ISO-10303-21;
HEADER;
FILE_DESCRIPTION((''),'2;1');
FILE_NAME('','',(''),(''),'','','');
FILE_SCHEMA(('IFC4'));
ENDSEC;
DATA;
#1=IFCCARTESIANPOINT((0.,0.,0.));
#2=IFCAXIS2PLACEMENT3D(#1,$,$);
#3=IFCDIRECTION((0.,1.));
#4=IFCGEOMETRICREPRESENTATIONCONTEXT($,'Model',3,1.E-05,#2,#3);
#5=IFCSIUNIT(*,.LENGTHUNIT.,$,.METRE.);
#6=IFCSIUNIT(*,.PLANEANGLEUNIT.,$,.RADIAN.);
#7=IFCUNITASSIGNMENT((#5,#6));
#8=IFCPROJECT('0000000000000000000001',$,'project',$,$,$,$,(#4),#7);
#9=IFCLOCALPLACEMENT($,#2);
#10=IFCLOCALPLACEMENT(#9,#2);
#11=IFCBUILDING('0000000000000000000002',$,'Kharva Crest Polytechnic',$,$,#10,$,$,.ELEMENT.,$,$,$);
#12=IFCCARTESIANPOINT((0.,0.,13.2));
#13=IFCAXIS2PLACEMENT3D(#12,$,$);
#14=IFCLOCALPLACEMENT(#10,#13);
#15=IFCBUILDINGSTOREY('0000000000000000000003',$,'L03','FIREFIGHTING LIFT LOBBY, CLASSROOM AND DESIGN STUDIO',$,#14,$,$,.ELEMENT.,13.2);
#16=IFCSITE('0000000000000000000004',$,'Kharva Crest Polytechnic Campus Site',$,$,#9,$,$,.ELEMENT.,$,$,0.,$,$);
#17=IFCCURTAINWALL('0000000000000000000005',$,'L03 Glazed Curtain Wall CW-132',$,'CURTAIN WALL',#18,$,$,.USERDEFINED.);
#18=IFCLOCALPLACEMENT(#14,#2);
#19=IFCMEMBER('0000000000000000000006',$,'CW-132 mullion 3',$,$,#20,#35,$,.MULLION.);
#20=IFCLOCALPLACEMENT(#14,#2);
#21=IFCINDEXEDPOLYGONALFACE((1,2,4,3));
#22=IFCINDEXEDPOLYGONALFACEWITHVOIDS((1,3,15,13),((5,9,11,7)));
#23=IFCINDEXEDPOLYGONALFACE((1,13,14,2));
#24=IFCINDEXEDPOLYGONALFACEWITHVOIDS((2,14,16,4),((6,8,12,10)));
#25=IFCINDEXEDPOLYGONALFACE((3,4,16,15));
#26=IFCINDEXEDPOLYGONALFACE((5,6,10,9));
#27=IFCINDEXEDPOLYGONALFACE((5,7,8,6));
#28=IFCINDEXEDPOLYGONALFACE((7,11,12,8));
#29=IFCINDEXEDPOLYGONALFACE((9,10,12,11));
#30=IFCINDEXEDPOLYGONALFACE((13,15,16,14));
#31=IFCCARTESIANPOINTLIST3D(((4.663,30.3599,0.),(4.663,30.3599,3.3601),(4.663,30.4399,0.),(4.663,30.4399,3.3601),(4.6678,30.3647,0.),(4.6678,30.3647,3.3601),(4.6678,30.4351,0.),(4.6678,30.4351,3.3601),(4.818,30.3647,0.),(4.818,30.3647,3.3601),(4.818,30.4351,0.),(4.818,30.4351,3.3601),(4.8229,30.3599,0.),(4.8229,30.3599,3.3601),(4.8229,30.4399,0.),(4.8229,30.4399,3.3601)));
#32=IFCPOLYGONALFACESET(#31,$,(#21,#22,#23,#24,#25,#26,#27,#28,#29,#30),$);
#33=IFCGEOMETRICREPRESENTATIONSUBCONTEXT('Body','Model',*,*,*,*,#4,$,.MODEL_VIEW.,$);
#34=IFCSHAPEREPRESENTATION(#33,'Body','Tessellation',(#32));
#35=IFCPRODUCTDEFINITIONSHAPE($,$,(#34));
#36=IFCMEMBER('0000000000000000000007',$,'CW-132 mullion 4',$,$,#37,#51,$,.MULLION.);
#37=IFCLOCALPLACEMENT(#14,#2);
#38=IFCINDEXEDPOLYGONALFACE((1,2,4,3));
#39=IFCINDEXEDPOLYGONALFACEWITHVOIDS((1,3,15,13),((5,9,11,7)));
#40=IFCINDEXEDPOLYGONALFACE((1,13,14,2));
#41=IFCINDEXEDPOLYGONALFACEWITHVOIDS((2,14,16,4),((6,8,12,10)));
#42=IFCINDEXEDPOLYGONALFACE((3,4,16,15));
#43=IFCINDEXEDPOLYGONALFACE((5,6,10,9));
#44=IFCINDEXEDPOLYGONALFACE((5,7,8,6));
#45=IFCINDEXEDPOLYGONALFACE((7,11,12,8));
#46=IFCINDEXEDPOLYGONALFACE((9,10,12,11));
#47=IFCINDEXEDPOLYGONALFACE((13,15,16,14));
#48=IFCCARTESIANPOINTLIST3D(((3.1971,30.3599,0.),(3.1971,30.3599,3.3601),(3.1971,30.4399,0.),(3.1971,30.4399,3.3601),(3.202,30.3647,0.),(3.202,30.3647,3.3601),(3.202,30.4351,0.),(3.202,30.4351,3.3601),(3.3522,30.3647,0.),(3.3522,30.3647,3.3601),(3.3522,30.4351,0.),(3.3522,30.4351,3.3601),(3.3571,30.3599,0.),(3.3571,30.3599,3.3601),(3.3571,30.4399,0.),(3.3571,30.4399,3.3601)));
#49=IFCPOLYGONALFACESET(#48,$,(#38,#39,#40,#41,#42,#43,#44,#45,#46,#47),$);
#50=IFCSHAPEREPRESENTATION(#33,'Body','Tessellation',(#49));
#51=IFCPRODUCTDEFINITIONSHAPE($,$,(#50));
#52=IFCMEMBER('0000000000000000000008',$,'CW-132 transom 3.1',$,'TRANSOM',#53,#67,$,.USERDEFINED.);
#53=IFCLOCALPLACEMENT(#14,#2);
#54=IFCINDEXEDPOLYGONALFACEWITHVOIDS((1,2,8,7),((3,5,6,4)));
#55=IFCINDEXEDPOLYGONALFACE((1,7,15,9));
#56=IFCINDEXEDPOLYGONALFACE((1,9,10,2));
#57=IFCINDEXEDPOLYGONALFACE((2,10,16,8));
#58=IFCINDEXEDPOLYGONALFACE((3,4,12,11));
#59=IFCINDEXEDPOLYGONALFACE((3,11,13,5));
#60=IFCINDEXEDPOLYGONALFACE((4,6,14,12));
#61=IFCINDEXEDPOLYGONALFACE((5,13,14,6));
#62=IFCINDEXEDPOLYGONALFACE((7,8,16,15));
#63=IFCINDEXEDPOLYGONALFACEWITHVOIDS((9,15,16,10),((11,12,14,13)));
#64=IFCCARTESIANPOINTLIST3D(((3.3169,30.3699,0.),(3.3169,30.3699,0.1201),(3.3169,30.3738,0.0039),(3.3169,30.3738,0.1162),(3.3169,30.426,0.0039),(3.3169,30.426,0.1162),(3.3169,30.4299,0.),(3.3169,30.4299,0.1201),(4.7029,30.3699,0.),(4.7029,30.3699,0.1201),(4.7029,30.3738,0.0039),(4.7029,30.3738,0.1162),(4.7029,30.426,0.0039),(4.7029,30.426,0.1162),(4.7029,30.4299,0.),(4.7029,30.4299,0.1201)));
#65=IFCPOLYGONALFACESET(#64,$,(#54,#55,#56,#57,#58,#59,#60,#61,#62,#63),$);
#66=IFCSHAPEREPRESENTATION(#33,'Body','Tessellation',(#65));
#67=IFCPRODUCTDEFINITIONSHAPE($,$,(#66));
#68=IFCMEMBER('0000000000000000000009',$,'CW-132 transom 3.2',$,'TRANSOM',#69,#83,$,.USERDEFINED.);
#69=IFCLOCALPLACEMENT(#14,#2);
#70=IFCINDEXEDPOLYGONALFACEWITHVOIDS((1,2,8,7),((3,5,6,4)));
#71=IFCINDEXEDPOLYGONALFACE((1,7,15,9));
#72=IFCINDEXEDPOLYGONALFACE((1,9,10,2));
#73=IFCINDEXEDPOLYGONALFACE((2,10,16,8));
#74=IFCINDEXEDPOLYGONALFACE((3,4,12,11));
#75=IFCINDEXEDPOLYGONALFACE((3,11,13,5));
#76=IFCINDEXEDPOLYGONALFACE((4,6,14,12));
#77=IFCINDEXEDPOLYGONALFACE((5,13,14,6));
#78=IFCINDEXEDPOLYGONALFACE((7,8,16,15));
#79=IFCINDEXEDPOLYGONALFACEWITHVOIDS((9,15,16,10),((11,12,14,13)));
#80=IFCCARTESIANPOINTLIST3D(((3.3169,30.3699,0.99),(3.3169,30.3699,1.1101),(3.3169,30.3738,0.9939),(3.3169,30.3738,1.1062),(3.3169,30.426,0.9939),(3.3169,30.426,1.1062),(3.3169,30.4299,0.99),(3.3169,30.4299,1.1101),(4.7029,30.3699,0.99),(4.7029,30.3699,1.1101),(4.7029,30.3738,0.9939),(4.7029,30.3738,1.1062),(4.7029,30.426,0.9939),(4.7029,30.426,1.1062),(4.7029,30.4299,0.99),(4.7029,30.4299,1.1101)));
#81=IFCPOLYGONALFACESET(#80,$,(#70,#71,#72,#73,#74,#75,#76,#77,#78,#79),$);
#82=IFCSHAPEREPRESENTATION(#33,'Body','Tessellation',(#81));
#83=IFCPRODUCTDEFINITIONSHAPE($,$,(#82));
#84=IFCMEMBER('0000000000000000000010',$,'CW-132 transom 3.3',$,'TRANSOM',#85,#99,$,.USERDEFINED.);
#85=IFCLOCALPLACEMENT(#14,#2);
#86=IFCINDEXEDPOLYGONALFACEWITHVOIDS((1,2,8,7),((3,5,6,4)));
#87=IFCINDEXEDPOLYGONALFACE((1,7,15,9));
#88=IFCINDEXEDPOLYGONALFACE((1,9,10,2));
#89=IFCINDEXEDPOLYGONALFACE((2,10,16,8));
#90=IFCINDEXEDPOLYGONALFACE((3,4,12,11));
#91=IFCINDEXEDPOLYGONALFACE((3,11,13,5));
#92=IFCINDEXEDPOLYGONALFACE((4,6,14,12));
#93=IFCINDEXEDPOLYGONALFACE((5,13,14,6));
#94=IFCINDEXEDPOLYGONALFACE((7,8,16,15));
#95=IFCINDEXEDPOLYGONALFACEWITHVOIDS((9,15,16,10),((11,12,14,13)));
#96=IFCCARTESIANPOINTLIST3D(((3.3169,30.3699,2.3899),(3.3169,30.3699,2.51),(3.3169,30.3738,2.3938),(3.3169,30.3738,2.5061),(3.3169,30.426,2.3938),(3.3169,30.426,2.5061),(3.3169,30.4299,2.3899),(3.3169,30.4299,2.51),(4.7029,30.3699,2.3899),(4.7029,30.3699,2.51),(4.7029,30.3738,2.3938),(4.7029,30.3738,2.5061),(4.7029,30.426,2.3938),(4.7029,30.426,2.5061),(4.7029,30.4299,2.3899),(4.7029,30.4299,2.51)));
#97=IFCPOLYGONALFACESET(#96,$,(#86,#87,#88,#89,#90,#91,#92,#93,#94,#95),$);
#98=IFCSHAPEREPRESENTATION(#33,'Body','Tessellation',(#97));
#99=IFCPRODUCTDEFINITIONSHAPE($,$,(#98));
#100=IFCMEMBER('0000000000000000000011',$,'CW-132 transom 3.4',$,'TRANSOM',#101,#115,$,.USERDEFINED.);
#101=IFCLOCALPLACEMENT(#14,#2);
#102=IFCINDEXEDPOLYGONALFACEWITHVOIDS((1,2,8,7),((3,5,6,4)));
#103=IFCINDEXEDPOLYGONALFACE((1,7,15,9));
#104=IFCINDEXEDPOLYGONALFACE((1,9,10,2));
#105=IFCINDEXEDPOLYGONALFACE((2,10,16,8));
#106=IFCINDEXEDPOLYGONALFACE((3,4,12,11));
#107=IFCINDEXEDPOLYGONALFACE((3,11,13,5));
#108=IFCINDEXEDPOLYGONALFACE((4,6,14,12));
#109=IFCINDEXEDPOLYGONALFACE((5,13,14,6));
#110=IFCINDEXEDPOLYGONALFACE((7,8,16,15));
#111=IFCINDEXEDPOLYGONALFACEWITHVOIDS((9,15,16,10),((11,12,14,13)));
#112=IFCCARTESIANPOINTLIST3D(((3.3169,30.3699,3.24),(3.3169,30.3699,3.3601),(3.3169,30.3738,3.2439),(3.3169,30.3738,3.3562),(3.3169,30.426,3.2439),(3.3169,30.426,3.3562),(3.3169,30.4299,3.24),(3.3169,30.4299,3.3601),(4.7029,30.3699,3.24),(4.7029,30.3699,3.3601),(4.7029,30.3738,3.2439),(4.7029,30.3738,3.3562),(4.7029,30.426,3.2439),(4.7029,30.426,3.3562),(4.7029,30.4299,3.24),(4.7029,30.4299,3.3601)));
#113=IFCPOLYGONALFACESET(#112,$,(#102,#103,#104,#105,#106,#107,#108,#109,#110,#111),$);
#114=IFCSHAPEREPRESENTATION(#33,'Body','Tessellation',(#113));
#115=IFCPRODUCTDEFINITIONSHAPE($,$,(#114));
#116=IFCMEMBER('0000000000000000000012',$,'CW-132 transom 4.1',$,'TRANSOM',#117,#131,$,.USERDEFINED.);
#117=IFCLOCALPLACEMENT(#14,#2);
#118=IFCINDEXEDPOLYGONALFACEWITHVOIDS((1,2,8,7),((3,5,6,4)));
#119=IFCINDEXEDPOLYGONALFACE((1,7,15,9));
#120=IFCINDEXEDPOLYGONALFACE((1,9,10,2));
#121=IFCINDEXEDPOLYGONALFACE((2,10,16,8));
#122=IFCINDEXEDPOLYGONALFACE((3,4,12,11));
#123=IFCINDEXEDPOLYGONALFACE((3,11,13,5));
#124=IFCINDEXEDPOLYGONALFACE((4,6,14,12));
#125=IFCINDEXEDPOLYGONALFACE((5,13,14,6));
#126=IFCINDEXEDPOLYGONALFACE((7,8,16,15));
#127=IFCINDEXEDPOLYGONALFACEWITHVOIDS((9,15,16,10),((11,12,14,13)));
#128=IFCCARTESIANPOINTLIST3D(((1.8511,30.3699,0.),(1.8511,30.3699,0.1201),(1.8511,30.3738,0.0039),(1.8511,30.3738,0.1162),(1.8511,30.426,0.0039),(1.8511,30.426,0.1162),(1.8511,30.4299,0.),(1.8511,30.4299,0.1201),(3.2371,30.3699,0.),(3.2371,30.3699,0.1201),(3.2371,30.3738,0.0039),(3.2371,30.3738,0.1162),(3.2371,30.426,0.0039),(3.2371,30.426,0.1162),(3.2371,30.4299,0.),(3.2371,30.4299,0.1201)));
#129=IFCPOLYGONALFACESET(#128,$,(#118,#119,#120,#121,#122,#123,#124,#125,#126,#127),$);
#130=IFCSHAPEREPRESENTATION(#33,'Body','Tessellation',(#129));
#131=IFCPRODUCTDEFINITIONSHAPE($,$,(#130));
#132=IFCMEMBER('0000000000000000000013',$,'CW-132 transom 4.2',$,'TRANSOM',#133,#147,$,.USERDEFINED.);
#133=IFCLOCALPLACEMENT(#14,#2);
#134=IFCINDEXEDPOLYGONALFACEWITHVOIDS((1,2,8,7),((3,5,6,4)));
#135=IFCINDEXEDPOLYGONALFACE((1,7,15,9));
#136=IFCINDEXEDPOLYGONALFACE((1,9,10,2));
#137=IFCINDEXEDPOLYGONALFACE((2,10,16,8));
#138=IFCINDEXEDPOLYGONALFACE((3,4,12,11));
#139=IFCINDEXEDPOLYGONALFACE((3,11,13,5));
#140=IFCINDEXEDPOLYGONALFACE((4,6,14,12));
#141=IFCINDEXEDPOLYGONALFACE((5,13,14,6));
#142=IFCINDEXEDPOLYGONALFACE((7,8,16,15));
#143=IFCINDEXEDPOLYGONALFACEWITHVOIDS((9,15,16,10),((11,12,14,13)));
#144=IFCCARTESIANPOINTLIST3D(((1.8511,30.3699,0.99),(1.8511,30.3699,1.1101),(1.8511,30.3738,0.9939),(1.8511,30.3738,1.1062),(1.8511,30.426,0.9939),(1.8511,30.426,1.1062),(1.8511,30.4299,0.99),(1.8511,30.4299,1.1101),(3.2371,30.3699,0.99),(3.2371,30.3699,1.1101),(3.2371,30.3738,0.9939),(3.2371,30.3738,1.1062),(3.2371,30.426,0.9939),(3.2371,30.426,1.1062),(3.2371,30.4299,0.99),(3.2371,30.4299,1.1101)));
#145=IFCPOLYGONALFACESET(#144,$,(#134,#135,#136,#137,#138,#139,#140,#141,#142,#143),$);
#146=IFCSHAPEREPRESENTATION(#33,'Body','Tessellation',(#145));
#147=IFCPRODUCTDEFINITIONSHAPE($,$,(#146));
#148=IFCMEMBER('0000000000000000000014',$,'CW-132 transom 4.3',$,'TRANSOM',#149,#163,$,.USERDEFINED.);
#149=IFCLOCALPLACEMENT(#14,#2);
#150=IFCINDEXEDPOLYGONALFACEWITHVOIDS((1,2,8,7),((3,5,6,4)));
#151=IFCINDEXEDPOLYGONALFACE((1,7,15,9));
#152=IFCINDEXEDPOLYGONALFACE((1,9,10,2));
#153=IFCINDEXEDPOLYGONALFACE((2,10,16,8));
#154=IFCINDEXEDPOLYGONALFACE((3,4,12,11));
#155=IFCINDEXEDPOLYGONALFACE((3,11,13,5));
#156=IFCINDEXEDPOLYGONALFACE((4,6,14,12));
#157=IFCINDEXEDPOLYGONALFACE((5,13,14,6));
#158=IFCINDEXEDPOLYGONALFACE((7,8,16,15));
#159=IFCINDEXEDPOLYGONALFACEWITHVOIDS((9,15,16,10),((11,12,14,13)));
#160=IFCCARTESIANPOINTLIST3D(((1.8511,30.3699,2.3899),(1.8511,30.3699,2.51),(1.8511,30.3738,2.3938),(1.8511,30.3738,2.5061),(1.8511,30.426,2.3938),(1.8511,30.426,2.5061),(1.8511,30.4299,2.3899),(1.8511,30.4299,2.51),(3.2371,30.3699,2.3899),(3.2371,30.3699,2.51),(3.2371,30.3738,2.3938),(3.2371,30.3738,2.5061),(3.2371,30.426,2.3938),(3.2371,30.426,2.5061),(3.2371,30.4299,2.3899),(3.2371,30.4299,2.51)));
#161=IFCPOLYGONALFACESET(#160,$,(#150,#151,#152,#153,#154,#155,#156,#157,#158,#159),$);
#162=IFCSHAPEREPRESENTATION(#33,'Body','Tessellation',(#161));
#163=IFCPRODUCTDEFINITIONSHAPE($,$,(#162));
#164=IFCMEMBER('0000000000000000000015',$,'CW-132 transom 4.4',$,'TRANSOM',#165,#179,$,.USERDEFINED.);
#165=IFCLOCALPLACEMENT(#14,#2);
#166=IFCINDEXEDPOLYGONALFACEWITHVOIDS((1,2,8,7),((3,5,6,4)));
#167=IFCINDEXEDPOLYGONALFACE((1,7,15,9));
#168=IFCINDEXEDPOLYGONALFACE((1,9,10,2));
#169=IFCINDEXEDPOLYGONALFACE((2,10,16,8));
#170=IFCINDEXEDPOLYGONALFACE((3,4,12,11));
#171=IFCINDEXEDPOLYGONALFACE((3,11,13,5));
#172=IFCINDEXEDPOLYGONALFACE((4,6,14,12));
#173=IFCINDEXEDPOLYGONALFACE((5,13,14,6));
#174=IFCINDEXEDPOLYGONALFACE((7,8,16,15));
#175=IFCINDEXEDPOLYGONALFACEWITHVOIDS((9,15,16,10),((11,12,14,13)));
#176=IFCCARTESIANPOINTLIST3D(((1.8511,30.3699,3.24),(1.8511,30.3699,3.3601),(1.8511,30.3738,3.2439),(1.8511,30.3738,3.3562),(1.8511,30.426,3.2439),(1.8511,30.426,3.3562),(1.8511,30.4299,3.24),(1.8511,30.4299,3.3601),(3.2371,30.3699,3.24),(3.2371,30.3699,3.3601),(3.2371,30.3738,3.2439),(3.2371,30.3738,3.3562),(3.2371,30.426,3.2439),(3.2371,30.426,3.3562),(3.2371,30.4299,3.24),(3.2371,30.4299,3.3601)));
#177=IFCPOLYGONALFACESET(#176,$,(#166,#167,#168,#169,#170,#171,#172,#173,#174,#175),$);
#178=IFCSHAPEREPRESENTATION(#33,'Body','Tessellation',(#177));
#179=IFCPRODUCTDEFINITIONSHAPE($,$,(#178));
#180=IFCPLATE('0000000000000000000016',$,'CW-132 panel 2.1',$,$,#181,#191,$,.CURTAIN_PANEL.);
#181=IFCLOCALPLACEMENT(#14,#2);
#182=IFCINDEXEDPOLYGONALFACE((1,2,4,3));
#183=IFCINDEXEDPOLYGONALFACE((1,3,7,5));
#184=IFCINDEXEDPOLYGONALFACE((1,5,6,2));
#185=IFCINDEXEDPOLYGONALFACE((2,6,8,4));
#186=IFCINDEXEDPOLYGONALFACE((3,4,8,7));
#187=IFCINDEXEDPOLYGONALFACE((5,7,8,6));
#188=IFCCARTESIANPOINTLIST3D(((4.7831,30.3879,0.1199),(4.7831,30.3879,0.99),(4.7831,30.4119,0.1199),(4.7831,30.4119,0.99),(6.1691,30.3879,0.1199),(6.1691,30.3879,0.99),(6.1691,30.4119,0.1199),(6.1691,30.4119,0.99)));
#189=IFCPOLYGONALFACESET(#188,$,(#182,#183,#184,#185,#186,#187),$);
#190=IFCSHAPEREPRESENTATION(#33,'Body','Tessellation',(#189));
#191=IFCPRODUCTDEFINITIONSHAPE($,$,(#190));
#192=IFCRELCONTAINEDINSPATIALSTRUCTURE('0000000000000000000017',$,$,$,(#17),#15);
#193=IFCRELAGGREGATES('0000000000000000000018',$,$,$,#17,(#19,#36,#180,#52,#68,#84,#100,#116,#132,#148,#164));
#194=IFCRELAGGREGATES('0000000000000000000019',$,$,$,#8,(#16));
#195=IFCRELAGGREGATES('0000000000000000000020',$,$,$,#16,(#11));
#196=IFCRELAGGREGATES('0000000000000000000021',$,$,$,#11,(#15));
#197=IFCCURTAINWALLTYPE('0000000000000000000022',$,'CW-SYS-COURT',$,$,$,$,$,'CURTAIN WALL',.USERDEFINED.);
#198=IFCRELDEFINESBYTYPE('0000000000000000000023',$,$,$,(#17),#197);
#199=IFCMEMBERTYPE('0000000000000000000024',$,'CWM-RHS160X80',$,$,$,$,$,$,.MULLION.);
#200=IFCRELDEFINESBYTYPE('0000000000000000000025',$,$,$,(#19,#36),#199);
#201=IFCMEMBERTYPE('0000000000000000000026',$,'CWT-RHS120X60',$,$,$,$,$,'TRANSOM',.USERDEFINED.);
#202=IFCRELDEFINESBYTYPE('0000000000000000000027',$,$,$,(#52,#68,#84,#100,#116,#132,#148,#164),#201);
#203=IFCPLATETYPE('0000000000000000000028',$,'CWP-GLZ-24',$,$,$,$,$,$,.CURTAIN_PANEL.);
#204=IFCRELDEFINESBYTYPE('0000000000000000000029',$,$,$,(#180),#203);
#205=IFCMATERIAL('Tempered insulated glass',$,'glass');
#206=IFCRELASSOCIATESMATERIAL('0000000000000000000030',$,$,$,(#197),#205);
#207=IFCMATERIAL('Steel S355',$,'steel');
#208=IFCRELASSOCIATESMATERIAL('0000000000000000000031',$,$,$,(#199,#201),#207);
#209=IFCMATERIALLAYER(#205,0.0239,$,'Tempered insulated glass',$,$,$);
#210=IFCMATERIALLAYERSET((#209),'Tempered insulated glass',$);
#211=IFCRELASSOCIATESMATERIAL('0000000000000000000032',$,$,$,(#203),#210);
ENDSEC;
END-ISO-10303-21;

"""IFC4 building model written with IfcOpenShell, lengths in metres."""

from ifc_helpers import new_model, si_unit, direction, frame, origin, origin_2d, place, context, subcontext, project, spatial, rectangle, hollow_rectangle, extrude, material, layer, layer_set, material_profile, profile_set, type_object, element, aggregate, save


model = new_model("IFC4")

# Units and contexts
model_context = context("Model", 3, precision=1e-05, world=origin(), true_north=direction((0.0, 1.0)))
body_context = subcontext(model_context, "Body", "Model", "MODEL_VIEW")
ifc_project = project(units=[si_unit("LENGTHUNIT", "METRE"), si_unit("PLANEANGLEUNIT", "RADIAN")], contexts=[model_context])

# Site, building, storey
site_placement = place(None, origin())
site = spatial("IfcSite", under=ifc_project, at=site_placement, Name="Kharva Crest Polytechnic Campus Site", CompositionType="ELEMENT", RefElevation=0.0)
building_placement = place(site_placement, origin())
building = spatial("IfcBuilding", under=site, at=building_placement, Name="Kharva Crest Polytechnic", CompositionType="ELEMENT")
storey_placement = place(building_placement, frame((0.0, 0.0, 13.2)))
storey = spatial("IfcBuildingStorey", under=building, at=storey_placement, Name="L03", Description="FIREFIGHTING LIFT LOBBY, CLASSROOM AND DESIGN STUDIO", CompositionType="ELEMENT", Elevation=13.2)

# Curtain wall, members, plate
ifc_material_1 = material(Name="Tempered insulated glass", Category="glass")
curtain_wall_type = type_object("IfcCurtainWallType", Name="CW-SYS-COURT", ElementType="CURTAIN WALL", PredefinedType="USERDEFINED", material=ifc_material_1)
curtain_wall_placement = place(storey_placement, origin())
curtain_wall = element("IfcCurtainWall", 1, at=curtain_wall_placement, inside=storey, type_object=curtain_wall_type, Name="L03 Glazed Curtain Wall CW-132", ObjectType="CURTAIN WALL", PredefinedType="USERDEFINED")
ifc_material_2 = material(Name="Steel S355", Category="steel")
ifc_material_profile_1 = material_profile(ifc_material_2, hollow_rectangle(XDim=0.0801, YDim=0.1599, WallThickness=0.0049, at=origin_2d()), Name="RHS 160X80X5.0")
ifc_profile_set_1 = profile_set([ifc_material_profile_1], Name="Steel S355")
member_type_1 = type_object("IfcMemberType", Name="CWM-RHS160X80", PredefinedType="MULLION", material=ifc_profile_set_1)
member_1_placement = place(storey_placement, frame((4.7429, 30.3999, 0.0), z_axis=(0.0, 0.0, 1.0), x_axis=(0.0, -1.0, 0.0)))
member_1 = element("IfcMember", 2, at=member_1_placement, type_object=member_type_1, Name="CW-132 mullion 3", PredefinedType="MULLION", context=body_context, shape_type="SweptSolid", body=[
    extrude(hollow_rectangle(XDim=0.0801, YDim=0.1599, WallThickness=0.0049, at=origin_2d()), origin(), (0.0, 0.0, 1.0), 3.3601),
])
member_2_placement = place(storey_placement, frame((3.2771, 30.3999, 0.0), z_axis=(0.0, 0.0, 1.0), x_axis=(0.0, -1.0, 0.0)))
member_2 = element("IfcMember", 3, at=member_2_placement, type_object=member_type_1, Name="CW-132 mullion 4", PredefinedType="MULLION", context=body_context, shape_type="SweptSolid", body=[
    extrude(hollow_rectangle(XDim=0.0801, YDim=0.1599, WallThickness=0.0049, at=origin_2d()), origin(), (0.0, 0.0, 1.0), 3.3601),
])
ifc_material_profile_2 = material_profile(ifc_material_2, hollow_rectangle(XDim=0.0601, YDim=0.1201, WallThickness=0.0039, at=origin_2d()), Name="RHS 120X60X4.0")
ifc_profile_set_2 = profile_set([ifc_material_profile_2], Name="Steel S355")
member_type_2 = type_object("IfcMemberType", Name="CWT-RHS120X60", ElementType="TRANSOM", PredefinedType="USERDEFINED", material=ifc_profile_set_2)
member_3_placement = place(storey_placement, frame((4.7029, 30.3999, 0.0601), z_axis=(-1.0, 0.0, 0.0), x_axis=(0.0, -1.0, 0.0)))
member_3 = element("IfcMember", 4, at=member_3_placement, type_object=member_type_2, Name="CW-132 transom 3.1", ObjectType="TRANSOM", PredefinedType="USERDEFINED", context=body_context, shape_type="SweptSolid", body=[
    extrude(hollow_rectangle(XDim=0.0601, YDim=0.1201, WallThickness=0.0039, at=origin_2d()), origin(), (0.0, 0.0, 1.0), 1.386),
])
member_4_placement = place(storey_placement, frame((4.7029, 30.3999, 1.05), z_axis=(-1.0, 0.0, 0.0), x_axis=(0.0, -1.0, 0.0)))
member_4 = element("IfcMember", 5, at=member_4_placement, type_object=member_type_2, Name="CW-132 transom 3.2", ObjectType="TRANSOM", PredefinedType="USERDEFINED", context=body_context, shape_type="SweptSolid", body=[
    extrude(hollow_rectangle(XDim=0.0601, YDim=0.1201, WallThickness=0.0039, at=origin_2d()), origin(), (0.0, 0.0, 1.0), 1.386),
])
member_5_placement = place(storey_placement, frame((4.7029, 30.3999, 2.45), z_axis=(-1.0, 0.0, 0.0), x_axis=(0.0, -1.0, 0.0)))
member_5 = element("IfcMember", 6, at=member_5_placement, type_object=member_type_2, Name="CW-132 transom 3.3", ObjectType="TRANSOM", PredefinedType="USERDEFINED", context=body_context, shape_type="SweptSolid", body=[
    extrude(hollow_rectangle(XDim=0.0601, YDim=0.1201, WallThickness=0.0039, at=origin_2d()), origin(), (0.0, 0.0, 1.0), 1.386),
])
member_6_placement = place(storey_placement, frame((4.7029, 30.3999, 3.3), z_axis=(-1.0, 0.0, 0.0), x_axis=(0.0, -1.0, 0.0)))
member_6 = element("IfcMember", 7, at=member_6_placement, type_object=member_type_2, Name="CW-132 transom 3.4", ObjectType="TRANSOM", PredefinedType="USERDEFINED", context=body_context, shape_type="SweptSolid", body=[
    extrude(hollow_rectangle(XDim=0.0601, YDim=0.1201, WallThickness=0.0039, at=origin_2d()), origin(), (0.0, 0.0, 1.0), 1.386),
])
member_7_placement = place(storey_placement, frame((3.2371, 30.3999, 0.0601), z_axis=(-1.0, 0.0, 0.0), x_axis=(0.0, -1.0, 0.0)))
member_7 = element("IfcMember", 8, at=member_7_placement, type_object=member_type_2, Name="CW-132 transom 4.1", ObjectType="TRANSOM", PredefinedType="USERDEFINED", context=body_context, shape_type="SweptSolid", body=[
    extrude(hollow_rectangle(XDim=0.0601, YDim=0.1201, WallThickness=0.0039, at=origin_2d()), origin(), (0.0, 0.0, 1.0), 1.386),
])
member_8_placement = place(storey_placement, frame((3.2371, 30.3999, 1.05), z_axis=(-1.0, 0.0, 0.0), x_axis=(0.0, -1.0, 0.0)))
member_8 = element("IfcMember", 9, at=member_8_placement, type_object=member_type_2, Name="CW-132 transom 4.2", ObjectType="TRANSOM", PredefinedType="USERDEFINED", context=body_context, shape_type="SweptSolid", body=[
    extrude(hollow_rectangle(XDim=0.0601, YDim=0.1201, WallThickness=0.0039, at=origin_2d()), origin(), (0.0, 0.0, 1.0), 1.386),
])
member_9_placement = place(storey_placement, frame((3.2371, 30.3999, 2.45), z_axis=(-1.0, 0.0, 0.0), x_axis=(0.0, -1.0, 0.0)))
member_9 = element("IfcMember", 10, at=member_9_placement, type_object=member_type_2, Name="CW-132 transom 4.3", ObjectType="TRANSOM", PredefinedType="USERDEFINED", context=body_context, shape_type="SweptSolid", body=[
    extrude(hollow_rectangle(XDim=0.0601, YDim=0.1201, WallThickness=0.0039, at=origin_2d()), origin(), (0.0, 0.0, 1.0), 1.386),
])
member_10_placement = place(storey_placement, frame((3.2371, 30.3999, 3.3), z_axis=(-1.0, 0.0, 0.0), x_axis=(0.0, -1.0, 0.0)))
member_10 = element("IfcMember", 11, at=member_10_placement, type_object=member_type_2, Name="CW-132 transom 4.4", ObjectType="TRANSOM", PredefinedType="USERDEFINED", context=body_context, shape_type="SweptSolid", body=[
    extrude(hollow_rectangle(XDim=0.0601, YDim=0.1201, WallThickness=0.0039, at=origin_2d()), origin(), (0.0, 0.0, 1.0), 1.386),
])
ifc_layer_1 = layer(ifc_material_1, 0.0239, Name="Tempered insulated glass")
ifc_layer_set_1 = layer_set([ifc_layer_1], Name="Tempered insulated glass")
plate_type = type_object("IfcPlateType", Name="CWP-GLZ-24", PredefinedType="CURTAIN_PANEL", material=ifc_layer_set_1)
plate_1_placement = place(storey_placement, frame((5.4761, 30.3999, 0.1199), z_axis=(0.0, 0.0, 1.0), x_axis=(-1.0, 0.0, 0.0)))
plate_1 = element("IfcPlate", 12, at=plate_1_placement, type_object=plate_type, Name="CW-132 panel 2.1", PredefinedType="CURTAIN_PANEL", context=body_context, shape_type="SweptSolid", body=[
    extrude(rectangle(XDim=1.386, YDim=0.0239, at=origin_2d()), origin(), (0.0, 0.0, 1.0), 0.8701),
])
aggregate(curtain_wall, [member_1, member_2, plate_1, member_3, member_4, member_5, member_6, member_7, member_8, member_9, member_10])

save(model, "model.ifc")
